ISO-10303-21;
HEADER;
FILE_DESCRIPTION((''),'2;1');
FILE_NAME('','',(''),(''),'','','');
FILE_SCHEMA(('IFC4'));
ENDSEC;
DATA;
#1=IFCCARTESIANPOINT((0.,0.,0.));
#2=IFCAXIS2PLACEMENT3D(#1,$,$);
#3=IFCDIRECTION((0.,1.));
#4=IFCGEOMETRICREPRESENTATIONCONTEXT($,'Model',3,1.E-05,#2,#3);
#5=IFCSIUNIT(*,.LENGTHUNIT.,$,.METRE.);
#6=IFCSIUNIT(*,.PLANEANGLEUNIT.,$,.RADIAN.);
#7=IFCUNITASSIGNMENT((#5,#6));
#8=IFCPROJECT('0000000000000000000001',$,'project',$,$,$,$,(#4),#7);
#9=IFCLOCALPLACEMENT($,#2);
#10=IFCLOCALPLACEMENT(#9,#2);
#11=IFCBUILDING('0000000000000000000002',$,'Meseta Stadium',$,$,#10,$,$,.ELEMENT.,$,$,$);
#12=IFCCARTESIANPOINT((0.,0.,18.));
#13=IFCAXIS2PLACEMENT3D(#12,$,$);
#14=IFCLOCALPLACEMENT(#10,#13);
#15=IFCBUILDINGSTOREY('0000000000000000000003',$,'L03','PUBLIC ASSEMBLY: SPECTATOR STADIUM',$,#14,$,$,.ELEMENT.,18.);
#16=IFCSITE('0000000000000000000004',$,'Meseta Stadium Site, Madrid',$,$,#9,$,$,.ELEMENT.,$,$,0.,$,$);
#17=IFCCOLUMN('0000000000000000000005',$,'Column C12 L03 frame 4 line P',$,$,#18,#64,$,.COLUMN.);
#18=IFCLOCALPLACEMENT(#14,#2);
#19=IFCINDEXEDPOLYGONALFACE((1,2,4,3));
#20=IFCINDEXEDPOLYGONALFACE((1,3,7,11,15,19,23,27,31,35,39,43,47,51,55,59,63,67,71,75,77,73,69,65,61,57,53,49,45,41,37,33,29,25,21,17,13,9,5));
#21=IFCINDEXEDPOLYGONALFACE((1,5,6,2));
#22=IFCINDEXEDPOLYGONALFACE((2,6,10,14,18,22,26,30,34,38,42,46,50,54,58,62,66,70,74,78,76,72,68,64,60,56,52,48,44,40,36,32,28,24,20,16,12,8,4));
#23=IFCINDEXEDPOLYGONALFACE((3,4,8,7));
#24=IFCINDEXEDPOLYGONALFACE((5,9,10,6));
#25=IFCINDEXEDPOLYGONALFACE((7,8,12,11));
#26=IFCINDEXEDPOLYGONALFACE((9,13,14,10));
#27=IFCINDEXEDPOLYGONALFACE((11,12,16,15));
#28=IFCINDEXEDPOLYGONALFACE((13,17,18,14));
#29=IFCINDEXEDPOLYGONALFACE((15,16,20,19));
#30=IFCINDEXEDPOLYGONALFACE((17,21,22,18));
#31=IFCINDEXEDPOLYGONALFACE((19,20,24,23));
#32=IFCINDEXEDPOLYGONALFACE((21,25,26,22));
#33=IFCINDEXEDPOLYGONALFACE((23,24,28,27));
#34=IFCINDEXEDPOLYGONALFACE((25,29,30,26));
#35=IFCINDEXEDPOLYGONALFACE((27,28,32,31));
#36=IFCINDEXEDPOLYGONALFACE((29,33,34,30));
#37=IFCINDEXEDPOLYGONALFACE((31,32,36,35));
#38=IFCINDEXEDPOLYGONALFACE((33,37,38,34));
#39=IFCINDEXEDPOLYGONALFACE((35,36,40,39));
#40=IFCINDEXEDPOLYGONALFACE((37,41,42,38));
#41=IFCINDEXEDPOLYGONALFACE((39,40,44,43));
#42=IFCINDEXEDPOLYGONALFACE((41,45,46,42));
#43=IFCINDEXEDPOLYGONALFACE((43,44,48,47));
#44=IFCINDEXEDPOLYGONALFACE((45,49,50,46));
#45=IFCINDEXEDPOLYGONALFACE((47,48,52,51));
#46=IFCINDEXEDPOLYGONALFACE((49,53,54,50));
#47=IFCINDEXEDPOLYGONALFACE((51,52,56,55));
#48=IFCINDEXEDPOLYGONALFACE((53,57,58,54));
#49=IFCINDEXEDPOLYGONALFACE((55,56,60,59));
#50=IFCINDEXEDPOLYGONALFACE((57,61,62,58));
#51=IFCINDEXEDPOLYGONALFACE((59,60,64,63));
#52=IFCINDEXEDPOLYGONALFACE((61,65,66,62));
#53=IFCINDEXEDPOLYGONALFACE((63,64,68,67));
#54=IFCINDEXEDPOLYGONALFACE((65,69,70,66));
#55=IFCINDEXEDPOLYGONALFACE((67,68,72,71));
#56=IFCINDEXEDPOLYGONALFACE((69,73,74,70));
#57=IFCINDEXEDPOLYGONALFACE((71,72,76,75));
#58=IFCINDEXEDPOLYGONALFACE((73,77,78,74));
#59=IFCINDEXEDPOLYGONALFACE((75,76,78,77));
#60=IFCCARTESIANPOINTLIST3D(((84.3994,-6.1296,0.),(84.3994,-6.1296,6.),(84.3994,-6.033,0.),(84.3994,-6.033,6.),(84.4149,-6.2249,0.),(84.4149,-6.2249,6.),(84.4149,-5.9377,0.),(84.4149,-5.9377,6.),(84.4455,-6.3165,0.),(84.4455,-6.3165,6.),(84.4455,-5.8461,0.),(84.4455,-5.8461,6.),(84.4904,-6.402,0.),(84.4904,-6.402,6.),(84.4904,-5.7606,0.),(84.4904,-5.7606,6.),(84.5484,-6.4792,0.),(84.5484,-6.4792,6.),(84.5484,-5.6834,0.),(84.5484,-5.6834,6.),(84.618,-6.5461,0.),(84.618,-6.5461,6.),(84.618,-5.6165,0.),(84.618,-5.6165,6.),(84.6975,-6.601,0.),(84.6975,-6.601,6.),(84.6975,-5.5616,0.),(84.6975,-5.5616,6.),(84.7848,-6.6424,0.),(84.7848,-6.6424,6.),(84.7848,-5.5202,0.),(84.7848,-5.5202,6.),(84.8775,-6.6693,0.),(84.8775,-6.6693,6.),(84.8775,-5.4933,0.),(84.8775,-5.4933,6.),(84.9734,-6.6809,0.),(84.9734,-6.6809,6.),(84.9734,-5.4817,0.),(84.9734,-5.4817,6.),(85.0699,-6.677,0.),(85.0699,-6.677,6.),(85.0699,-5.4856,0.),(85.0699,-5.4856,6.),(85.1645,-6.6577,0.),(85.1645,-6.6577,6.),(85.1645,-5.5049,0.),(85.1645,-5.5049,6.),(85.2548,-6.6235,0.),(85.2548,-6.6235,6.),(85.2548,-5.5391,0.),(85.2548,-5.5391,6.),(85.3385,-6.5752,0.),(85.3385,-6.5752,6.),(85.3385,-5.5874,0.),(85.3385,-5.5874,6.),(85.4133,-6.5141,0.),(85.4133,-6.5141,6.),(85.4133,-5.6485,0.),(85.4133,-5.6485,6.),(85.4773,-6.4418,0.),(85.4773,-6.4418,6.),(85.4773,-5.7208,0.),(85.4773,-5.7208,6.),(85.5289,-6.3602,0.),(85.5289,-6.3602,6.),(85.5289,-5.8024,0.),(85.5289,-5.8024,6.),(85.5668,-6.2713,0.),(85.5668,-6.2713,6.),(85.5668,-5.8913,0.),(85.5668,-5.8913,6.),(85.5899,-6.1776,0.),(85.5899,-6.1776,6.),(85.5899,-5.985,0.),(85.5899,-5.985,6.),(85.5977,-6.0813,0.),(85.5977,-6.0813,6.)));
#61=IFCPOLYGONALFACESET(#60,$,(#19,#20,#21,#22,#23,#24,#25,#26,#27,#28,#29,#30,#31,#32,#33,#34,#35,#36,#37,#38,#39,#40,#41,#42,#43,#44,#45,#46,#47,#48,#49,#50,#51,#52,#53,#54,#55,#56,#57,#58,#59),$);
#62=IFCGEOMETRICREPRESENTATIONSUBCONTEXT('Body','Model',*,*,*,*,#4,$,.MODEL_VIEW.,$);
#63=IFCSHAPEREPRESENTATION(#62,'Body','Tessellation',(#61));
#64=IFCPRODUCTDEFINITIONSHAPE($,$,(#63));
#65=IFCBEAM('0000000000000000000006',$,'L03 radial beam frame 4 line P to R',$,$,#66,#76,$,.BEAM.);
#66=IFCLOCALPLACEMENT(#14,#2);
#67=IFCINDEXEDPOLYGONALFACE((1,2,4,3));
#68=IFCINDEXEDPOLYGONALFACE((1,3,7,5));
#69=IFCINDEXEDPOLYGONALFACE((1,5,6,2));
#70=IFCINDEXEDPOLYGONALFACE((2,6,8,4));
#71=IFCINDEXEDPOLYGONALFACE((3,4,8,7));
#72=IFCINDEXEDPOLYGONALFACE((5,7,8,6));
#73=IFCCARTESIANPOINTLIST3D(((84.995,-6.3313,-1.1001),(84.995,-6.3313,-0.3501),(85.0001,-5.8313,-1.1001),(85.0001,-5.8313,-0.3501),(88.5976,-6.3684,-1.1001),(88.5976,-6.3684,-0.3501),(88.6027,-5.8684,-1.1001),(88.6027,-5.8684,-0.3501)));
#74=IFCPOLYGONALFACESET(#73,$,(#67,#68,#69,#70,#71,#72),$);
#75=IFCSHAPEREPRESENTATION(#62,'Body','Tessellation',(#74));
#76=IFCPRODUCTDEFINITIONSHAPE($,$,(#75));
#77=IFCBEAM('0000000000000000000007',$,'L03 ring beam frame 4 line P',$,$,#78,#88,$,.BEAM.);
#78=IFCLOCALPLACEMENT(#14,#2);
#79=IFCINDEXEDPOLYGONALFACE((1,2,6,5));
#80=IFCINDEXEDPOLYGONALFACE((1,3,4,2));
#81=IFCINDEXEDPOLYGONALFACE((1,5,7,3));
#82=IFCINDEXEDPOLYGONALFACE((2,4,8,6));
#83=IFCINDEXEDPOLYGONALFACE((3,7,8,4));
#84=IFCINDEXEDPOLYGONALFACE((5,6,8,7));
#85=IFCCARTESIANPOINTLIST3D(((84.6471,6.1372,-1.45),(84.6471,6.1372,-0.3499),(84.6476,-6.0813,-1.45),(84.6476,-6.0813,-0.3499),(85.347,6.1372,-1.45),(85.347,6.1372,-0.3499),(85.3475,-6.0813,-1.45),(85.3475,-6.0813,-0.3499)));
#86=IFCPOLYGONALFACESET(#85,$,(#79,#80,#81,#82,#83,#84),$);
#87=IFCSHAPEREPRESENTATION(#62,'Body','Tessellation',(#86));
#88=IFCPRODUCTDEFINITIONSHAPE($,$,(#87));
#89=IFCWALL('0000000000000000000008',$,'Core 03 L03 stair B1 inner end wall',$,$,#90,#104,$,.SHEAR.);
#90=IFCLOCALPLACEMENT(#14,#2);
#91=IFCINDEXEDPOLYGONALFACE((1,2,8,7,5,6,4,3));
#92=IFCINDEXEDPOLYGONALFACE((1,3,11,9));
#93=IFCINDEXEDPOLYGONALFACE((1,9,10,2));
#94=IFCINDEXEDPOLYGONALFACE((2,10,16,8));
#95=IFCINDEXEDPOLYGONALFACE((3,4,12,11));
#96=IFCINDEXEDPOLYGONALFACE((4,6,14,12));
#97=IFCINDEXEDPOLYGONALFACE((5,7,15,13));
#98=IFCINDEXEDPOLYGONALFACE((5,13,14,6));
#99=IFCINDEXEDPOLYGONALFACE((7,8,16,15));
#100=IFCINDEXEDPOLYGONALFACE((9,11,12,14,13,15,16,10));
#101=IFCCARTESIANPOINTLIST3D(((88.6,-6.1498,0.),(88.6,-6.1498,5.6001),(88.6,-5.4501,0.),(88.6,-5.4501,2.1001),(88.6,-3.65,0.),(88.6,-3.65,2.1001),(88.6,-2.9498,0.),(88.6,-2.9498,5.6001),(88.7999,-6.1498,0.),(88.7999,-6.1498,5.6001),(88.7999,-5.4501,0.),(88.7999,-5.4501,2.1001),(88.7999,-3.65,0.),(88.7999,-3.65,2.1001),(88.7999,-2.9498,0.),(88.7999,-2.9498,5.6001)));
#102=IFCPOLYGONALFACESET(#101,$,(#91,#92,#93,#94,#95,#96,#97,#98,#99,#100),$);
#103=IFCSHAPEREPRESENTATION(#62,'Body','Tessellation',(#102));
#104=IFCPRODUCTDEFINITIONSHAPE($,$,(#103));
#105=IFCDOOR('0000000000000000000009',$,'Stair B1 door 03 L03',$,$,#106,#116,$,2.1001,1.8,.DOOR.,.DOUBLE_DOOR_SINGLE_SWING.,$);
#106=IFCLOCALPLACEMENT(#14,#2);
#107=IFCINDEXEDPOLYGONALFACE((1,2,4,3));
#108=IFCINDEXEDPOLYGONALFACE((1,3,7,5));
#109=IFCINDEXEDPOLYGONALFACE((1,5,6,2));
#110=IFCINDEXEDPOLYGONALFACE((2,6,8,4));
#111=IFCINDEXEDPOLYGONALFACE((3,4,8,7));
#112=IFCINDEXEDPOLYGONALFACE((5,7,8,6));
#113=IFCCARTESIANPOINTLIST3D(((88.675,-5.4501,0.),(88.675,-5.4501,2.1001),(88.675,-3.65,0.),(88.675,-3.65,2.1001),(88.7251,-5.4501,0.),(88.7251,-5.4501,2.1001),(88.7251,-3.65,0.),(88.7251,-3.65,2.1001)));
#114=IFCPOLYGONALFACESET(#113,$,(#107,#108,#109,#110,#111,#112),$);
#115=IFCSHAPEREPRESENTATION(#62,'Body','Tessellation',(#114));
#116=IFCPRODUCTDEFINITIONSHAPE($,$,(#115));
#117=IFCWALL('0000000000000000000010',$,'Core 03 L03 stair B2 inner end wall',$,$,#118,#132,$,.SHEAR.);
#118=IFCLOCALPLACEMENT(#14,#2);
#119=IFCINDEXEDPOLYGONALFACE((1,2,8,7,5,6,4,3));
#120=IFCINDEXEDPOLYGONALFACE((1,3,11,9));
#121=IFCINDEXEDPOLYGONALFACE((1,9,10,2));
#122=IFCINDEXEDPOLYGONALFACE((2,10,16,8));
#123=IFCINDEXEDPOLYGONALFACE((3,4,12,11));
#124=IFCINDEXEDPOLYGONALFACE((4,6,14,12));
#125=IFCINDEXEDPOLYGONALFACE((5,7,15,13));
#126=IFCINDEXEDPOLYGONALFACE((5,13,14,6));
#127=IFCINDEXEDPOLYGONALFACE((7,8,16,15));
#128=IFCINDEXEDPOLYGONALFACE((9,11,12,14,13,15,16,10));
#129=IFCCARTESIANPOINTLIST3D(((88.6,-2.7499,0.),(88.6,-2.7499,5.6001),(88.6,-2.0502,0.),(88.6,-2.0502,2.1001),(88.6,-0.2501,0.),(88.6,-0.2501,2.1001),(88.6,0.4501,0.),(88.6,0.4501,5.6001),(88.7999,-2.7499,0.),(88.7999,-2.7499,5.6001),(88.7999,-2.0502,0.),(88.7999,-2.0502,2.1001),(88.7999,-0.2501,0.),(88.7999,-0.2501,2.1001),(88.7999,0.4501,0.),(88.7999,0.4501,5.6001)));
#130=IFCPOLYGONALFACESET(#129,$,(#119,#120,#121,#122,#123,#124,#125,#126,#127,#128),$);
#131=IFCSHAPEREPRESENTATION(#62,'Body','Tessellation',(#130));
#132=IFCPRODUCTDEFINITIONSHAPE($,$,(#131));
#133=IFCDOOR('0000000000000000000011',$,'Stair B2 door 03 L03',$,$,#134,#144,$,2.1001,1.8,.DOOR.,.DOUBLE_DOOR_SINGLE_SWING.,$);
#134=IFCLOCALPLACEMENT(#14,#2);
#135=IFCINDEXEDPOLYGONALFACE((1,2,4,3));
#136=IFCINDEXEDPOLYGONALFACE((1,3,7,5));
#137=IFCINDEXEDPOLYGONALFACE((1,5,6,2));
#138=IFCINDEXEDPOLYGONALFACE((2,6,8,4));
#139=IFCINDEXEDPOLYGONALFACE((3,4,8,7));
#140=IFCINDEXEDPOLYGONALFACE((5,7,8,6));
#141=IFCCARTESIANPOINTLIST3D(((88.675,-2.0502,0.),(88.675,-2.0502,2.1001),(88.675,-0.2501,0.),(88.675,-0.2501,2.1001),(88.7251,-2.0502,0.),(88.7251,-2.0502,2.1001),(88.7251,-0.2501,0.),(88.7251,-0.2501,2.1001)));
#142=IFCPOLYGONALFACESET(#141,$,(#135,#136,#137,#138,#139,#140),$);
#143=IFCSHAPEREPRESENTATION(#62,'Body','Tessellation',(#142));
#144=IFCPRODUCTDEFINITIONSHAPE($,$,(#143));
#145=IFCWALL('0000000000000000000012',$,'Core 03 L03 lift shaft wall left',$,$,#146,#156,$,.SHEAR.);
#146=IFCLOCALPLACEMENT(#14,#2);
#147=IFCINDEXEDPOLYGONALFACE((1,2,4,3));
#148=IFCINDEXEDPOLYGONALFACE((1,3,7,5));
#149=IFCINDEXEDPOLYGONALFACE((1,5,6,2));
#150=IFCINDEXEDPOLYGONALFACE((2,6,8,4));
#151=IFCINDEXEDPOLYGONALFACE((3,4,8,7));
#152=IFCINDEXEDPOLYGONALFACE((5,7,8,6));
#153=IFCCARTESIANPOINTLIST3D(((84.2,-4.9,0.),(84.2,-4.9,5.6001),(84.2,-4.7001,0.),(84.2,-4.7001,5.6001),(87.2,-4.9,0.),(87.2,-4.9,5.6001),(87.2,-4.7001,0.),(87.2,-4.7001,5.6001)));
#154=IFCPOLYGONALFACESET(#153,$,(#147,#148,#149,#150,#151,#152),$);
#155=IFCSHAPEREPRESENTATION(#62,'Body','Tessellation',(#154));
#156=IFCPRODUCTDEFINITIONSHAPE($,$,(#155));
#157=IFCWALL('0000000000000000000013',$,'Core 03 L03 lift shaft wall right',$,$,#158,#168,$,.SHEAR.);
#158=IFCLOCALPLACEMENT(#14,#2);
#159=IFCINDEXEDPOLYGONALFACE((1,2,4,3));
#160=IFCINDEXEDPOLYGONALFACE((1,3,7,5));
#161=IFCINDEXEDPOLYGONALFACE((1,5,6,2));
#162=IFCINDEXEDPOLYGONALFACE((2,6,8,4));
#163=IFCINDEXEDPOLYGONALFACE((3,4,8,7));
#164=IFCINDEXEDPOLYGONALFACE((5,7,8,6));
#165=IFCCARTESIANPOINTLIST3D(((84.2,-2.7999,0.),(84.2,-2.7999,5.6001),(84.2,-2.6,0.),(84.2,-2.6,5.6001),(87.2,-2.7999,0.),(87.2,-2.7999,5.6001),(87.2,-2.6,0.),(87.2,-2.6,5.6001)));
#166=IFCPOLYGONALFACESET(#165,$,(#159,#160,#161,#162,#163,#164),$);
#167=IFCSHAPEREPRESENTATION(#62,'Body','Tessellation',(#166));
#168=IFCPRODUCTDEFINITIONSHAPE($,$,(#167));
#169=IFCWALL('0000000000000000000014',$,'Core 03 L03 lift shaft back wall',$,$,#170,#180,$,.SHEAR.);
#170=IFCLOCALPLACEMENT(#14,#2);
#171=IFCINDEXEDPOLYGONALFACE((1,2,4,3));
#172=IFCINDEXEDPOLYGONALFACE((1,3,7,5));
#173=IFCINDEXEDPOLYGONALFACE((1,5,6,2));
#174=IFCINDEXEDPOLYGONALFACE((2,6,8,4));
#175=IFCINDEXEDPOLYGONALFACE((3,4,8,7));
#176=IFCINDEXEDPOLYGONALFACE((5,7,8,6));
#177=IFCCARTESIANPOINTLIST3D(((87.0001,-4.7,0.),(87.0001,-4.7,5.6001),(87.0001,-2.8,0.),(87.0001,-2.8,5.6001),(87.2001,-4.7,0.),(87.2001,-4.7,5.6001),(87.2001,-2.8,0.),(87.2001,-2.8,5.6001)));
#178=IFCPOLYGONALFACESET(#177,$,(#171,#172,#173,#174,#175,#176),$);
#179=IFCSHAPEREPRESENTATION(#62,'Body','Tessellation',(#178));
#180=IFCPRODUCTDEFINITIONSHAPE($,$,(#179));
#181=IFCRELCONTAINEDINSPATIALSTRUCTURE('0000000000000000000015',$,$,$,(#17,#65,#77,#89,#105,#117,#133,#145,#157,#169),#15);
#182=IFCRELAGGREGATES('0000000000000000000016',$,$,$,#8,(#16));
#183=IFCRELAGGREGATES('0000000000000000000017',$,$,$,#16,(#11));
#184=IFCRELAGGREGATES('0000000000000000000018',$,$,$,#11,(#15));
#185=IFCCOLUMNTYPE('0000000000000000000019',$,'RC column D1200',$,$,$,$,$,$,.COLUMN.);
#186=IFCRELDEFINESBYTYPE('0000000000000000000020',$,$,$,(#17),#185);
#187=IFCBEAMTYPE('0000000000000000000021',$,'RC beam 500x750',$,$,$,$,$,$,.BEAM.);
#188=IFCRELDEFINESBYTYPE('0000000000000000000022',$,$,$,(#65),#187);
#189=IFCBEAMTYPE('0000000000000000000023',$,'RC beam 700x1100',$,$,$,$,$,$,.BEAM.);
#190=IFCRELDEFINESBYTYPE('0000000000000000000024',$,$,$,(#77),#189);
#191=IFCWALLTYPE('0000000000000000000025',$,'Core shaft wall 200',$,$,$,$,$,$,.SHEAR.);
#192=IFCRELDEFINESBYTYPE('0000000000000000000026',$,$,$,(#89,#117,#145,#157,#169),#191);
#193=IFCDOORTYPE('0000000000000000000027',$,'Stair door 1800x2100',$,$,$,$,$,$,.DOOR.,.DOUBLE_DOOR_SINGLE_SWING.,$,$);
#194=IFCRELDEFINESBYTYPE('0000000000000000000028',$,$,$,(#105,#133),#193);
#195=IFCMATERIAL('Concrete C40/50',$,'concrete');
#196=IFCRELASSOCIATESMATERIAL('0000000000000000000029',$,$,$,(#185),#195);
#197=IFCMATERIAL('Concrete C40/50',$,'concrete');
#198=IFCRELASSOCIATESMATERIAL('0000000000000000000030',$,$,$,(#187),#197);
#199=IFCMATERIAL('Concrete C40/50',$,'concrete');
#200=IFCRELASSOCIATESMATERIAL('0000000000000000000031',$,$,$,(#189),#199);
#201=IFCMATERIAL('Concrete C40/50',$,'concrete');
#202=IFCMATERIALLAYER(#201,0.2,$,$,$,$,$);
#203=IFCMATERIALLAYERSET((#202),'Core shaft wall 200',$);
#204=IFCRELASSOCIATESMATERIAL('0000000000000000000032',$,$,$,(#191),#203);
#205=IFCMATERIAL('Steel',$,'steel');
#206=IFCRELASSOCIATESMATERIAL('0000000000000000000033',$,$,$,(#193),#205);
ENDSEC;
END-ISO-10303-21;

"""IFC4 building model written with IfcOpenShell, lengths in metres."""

from ifc_helpers import new_model, si_unit, direction, frame, frame_2d, origin, origin_2d, place, context, subcontext, project, spatial, rectangle, circle, extrude, material, layer, layer_set, material_profile, profile_set, type_object, element, fill, save


model = new_model("IFC4")

# Units and contexts
model_context = context("Model", 3, precision=1e-05, world=origin(), true_north=direction((0.0, 1.0)))
body_context = subcontext(model_context, "Body", "Model", "MODEL_VIEW")
ifc_project = project(units=[si_unit("LENGTHUNIT", "METRE"), si_unit("PLANEANGLEUNIT", "RADIAN")], contexts=[model_context])

# Site, building, storey
site_placement = place(None, origin())
site = spatial("IfcSite", under=ifc_project, at=site_placement, Name="Meseta Stadium Site, Madrid", CompositionType="ELEMENT", RefElevation=0.0)
building_placement = place(site_placement, origin())
building = spatial("IfcBuilding", under=site, at=building_placement, Name="Meseta Stadium", CompositionType="ELEMENT")
storey_placement = place(building_placement, frame((0.0, 0.0, 18.0)))
storey = spatial("IfcBuildingStorey", under=building, at=storey_placement, Name="L03", Description="PUBLIC ASSEMBLY: SPECTATOR STADIUM", CompositionType="ELEMENT", Elevation=18.0)

# Column
ifc_material_1 = material(Name="Concrete C40/50", Category="concrete")
ifc_material_profile_1 = material_profile(ifc_material_1, circle(Radius=0.6001, at=origin_2d()), Name="RC D1200")
ifc_profile_set_1 = profile_set([ifc_material_profile_1], Name="Concrete C40/50")
column_type = type_object("IfcColumnType", Name="RC column D1200", PredefinedType="COLUMN", material=ifc_profile_set_1)
column_placement = place(storey_placement, frame((84.9976, -6.0813, 0.0), z_axis=(0.0, 0.0, 1.0), x_axis=(1.0, 0.0, 0.0)))
element("IfcColumn", 1, at=column_placement, inside=storey, type_object=column_type, Name="Column C12 L03 frame 4 line P", PredefinedType="COLUMN", context=body_context, shape_type="SweptSolid", body=[
    extrude(circle(Radius=0.6001, at=origin_2d()), origin(), (0.0, 0.0, 1.0), 6.0),
])

# Beams
ifc_material_2 = material(Name="Concrete C40/50", Category="concrete")
ifc_material_profile_2 = material_profile(ifc_material_2, rectangle(XDim=0.5, YDim=0.75, at=origin_2d()), Name="RC 500x750")
ifc_profile_set_2 = profile_set([ifc_material_profile_2], Name="Concrete C40/50")
beam_type_1 = type_object("IfcBeamType", Name="RC beam 500x750", PredefinedType="BEAM", material=ifc_profile_set_2)
beam_1_placement = place(storey_placement, frame((84.9976, -6.0813, -0.7251), z_axis=(0.999947, -0.0103, 0.0), x_axis=(0.0103, 0.999947, 0.0)))
element("IfcBeam", 2, at=beam_1_placement, inside=storey, type_object=beam_type_1, Name="L03 radial beam frame 4 line P to R", PredefinedType="BEAM", context=body_context, shape_type="SweptSolid", body=[
    extrude(rectangle(XDim=0.5, YDim=0.75, at=origin_2d()), origin(), (0.0, 0.0, 1.0), 3.6028),
])
ifc_material_3 = material(Name="Concrete C40/50", Category="concrete")
ifc_material_profile_3 = material_profile(ifc_material_3, rectangle(XDim=0.7, YDim=1.1001, at=origin_2d()), Name="RC 700x1100")
ifc_profile_set_3 = profile_set([ifc_material_profile_3], Name="Concrete C40/50")
beam_type_2 = type_object("IfcBeamType", Name="RC beam 700x1100", PredefinedType="BEAM", material=ifc_profile_set_3)
beam_2_placement = place(storey_placement, frame((84.9976, -6.0813, -0.8999), z_axis=(-0.00004, 1.0, 0.0), x_axis=(-1.0, -0.00004, 0.0)))
element("IfcBeam", 3, at=beam_2_placement, inside=storey, type_object=beam_type_2, Name="L03 ring beam frame 4 line P", PredefinedType="BEAM", context=body_context, shape_type="SweptSolid", body=[
    extrude(rectangle(XDim=0.7, YDim=1.1001, at=origin_2d()), origin(), (0.0, 0.0, 1.0), 12.2185),
])

# Walls, openings, doors
ifc_material_4 = material(Name="Concrete C40/50", Category="concrete")
ifc_layer_1 = layer(ifc_material_4, 0.2)
ifc_layer_set_1 = layer_set([ifc_layer_1], Name="Core shaft wall 200")
wall_type_1 = type_object("IfcWallType", Name="Core shaft wall 200", PredefinedType="SHEAR", material=ifc_layer_set_1)
wall_1_placement = place(storey_placement, frame((88.7, -6.1499, 0.0), z_axis=(0.0, 0.0, 1.0), x_axis=(0.0, 1.0, 0.0)))
wall_1 = element("IfcWall", 4, at=wall_1_placement, inside=storey, type_object=wall_type_1, Name="Core 03 L03 stair B1 inner end wall", PredefinedType="SHEAR", context=body_context, shape_type="SweptSolid", body=[
    extrude(rectangle(XDim=3.2, YDim=0.2, at=frame_2d((1.6001, 0.0))), origin(), (0.0, 0.0, 1.0), 5.6001),
])
opening_1_placement = place(wall_1_placement, frame((0.7, 0.0, 0.0)))
opening_1 = element("IfcOpeningElement", 5, at=opening_1_placement, cuts=wall_1, PredefinedType="OPENING", context=body_context, shape_type="SweptSolid", body=[
    extrude(rectangle(XDim=1.8, YDim=2.1001, at=frame_2d((0.8999, 1.05))), frame((0.0, 0.1099, 0.0), z_axis=(0.0, -1.0, 0.0), x_axis=(1.0, 0.0, 0.0)), (0.0, 0.0, 1.0), 0.22),
])
ifc_material_5 = material(Name="Steel", Category="steel")
door_type_1 = type_object("IfcDoorType", Name="Stair door 1800x2100", OperationType="DOUBLE_DOOR_SINGLE_SWING", PredefinedType="DOOR", material=ifc_material_5)
door_1_placement = place(opening_1_placement, origin())
door_1 = element("IfcDoor", 6, at=door_1_placement, inside=storey, type_object=door_type_1, Name="Stair B1 door 03 L03", OperationType="DOUBLE_DOOR_SINGLE_SWING", OverallHeight=2.1001, OverallWidth=1.8, PredefinedType="DOOR", context=body_context, shape_type="SweptSolid", body=[
    extrude(rectangle(XDim=1.8, YDim=2.1001, at=frame_2d((0.8999, 1.05))), frame((0.0, 0.0249, 0.0), z_axis=(0.0, -1.0, 0.0), x_axis=(1.0, 0.0, 0.0)), (0.0, 0.0, 1.0), 0.05),
])
fill(opening_1, door_1)
wall_2_placement = place(storey_placement, frame((88.7, -2.75, 0.0), z_axis=(0.0, 0.0, 1.0), x_axis=(0.0, 1.0, 0.0)))
wall_2 = element("IfcWall", 7, at=wall_2_placement, inside=storey, type_object=wall_type_1, Name="Core 03 L03 stair B2 inner end wall", PredefinedType="SHEAR", context=body_context, shape_type="SweptSolid", body=[
    extrude(rectangle(XDim=3.2, YDim=0.2, at=frame_2d((1.6001, 0.0))), origin(), (0.0, 0.0, 1.0), 5.6001),
])
opening_2_placement = place(wall_2_placement, frame((0.7, 0.0, 0.0)))
opening_2 = element("IfcOpeningElement", 8, at=opening_2_placement, cuts=wall_2, PredefinedType="OPENING", context=body_context, shape_type="SweptSolid", body=[
    extrude(rectangle(XDim=1.8, YDim=2.1001, at=frame_2d((0.8999, 1.05))), frame((0.0, 0.1099, 0.0), z_axis=(0.0, -1.0, 0.0), x_axis=(1.0, 0.0, 0.0)), (0.0, 0.0, 1.0), 0.22),
])
door_2_placement = place(opening_2_placement, origin())
door_2 = element("IfcDoor", 9, at=door_2_placement, inside=storey, type_object=door_type_1, Name="Stair B2 door 03 L03", OperationType="DOUBLE_DOOR_SINGLE_SWING", OverallHeight=2.1001, OverallWidth=1.8, PredefinedType="DOOR", context=body_context, shape_type="SweptSolid", body=[
    extrude(rectangle(XDim=1.8, YDim=2.1001, at=frame_2d((0.8999, 1.05))), frame((0.0, 0.0249, 0.0), z_axis=(0.0, -1.0, 0.0), x_axis=(1.0, 0.0, 0.0)), (0.0, 0.0, 1.0), 0.05),
])
fill(opening_2, door_2)

# Walls
for number, where, z_axis, x_axis, name in (
    (10, (87.2, -4.8, 0.0), (0.0, 0.0, 1.0), (-1.0, 0.0, 0.0), "Core 03 L03 lift shaft wall left"),
    (11, (87.2, -2.7, 0.0), (0.0, 0.0, 1.0), (-1.0, 0.0, 0.0), "Core 03 L03 lift shaft wall right"),
):
    element("IfcWall", number, at=place(storey_placement, frame(where, z_axis=z_axis, x_axis=x_axis)), inside=storey, type_object=wall_type_1, Name=name, PredefinedType="SHEAR", context=body_context, shape_type="SweptSolid", body=[
        extrude(rectangle(XDim=3.0, YDim=0.2, at=frame_2d((1.5, 0.0))), origin(), (0.0, 0.0, 1.0), 5.6001),
    ])
wall_3_placement = place(storey_placement, frame((87.1001, -4.7, 0.0), z_axis=(0.0, 0.0, 1.0), x_axis=(0.0, 1.0, 0.0)))
element("IfcWall", 12, at=wall_3_placement, inside=storey, type_object=wall_type_1, Name="Core 03 L03 lift shaft back wall", PredefinedType="SHEAR", context=body_context, shape_type="SweptSolid", body=[
    extrude(rectangle(XDim=1.8999, YDim=0.2, at=frame_2d((0.95, 0.0))), origin(), (0.0, 0.0, 1.0), 5.6001),
])

save(model, "model.ifc")
